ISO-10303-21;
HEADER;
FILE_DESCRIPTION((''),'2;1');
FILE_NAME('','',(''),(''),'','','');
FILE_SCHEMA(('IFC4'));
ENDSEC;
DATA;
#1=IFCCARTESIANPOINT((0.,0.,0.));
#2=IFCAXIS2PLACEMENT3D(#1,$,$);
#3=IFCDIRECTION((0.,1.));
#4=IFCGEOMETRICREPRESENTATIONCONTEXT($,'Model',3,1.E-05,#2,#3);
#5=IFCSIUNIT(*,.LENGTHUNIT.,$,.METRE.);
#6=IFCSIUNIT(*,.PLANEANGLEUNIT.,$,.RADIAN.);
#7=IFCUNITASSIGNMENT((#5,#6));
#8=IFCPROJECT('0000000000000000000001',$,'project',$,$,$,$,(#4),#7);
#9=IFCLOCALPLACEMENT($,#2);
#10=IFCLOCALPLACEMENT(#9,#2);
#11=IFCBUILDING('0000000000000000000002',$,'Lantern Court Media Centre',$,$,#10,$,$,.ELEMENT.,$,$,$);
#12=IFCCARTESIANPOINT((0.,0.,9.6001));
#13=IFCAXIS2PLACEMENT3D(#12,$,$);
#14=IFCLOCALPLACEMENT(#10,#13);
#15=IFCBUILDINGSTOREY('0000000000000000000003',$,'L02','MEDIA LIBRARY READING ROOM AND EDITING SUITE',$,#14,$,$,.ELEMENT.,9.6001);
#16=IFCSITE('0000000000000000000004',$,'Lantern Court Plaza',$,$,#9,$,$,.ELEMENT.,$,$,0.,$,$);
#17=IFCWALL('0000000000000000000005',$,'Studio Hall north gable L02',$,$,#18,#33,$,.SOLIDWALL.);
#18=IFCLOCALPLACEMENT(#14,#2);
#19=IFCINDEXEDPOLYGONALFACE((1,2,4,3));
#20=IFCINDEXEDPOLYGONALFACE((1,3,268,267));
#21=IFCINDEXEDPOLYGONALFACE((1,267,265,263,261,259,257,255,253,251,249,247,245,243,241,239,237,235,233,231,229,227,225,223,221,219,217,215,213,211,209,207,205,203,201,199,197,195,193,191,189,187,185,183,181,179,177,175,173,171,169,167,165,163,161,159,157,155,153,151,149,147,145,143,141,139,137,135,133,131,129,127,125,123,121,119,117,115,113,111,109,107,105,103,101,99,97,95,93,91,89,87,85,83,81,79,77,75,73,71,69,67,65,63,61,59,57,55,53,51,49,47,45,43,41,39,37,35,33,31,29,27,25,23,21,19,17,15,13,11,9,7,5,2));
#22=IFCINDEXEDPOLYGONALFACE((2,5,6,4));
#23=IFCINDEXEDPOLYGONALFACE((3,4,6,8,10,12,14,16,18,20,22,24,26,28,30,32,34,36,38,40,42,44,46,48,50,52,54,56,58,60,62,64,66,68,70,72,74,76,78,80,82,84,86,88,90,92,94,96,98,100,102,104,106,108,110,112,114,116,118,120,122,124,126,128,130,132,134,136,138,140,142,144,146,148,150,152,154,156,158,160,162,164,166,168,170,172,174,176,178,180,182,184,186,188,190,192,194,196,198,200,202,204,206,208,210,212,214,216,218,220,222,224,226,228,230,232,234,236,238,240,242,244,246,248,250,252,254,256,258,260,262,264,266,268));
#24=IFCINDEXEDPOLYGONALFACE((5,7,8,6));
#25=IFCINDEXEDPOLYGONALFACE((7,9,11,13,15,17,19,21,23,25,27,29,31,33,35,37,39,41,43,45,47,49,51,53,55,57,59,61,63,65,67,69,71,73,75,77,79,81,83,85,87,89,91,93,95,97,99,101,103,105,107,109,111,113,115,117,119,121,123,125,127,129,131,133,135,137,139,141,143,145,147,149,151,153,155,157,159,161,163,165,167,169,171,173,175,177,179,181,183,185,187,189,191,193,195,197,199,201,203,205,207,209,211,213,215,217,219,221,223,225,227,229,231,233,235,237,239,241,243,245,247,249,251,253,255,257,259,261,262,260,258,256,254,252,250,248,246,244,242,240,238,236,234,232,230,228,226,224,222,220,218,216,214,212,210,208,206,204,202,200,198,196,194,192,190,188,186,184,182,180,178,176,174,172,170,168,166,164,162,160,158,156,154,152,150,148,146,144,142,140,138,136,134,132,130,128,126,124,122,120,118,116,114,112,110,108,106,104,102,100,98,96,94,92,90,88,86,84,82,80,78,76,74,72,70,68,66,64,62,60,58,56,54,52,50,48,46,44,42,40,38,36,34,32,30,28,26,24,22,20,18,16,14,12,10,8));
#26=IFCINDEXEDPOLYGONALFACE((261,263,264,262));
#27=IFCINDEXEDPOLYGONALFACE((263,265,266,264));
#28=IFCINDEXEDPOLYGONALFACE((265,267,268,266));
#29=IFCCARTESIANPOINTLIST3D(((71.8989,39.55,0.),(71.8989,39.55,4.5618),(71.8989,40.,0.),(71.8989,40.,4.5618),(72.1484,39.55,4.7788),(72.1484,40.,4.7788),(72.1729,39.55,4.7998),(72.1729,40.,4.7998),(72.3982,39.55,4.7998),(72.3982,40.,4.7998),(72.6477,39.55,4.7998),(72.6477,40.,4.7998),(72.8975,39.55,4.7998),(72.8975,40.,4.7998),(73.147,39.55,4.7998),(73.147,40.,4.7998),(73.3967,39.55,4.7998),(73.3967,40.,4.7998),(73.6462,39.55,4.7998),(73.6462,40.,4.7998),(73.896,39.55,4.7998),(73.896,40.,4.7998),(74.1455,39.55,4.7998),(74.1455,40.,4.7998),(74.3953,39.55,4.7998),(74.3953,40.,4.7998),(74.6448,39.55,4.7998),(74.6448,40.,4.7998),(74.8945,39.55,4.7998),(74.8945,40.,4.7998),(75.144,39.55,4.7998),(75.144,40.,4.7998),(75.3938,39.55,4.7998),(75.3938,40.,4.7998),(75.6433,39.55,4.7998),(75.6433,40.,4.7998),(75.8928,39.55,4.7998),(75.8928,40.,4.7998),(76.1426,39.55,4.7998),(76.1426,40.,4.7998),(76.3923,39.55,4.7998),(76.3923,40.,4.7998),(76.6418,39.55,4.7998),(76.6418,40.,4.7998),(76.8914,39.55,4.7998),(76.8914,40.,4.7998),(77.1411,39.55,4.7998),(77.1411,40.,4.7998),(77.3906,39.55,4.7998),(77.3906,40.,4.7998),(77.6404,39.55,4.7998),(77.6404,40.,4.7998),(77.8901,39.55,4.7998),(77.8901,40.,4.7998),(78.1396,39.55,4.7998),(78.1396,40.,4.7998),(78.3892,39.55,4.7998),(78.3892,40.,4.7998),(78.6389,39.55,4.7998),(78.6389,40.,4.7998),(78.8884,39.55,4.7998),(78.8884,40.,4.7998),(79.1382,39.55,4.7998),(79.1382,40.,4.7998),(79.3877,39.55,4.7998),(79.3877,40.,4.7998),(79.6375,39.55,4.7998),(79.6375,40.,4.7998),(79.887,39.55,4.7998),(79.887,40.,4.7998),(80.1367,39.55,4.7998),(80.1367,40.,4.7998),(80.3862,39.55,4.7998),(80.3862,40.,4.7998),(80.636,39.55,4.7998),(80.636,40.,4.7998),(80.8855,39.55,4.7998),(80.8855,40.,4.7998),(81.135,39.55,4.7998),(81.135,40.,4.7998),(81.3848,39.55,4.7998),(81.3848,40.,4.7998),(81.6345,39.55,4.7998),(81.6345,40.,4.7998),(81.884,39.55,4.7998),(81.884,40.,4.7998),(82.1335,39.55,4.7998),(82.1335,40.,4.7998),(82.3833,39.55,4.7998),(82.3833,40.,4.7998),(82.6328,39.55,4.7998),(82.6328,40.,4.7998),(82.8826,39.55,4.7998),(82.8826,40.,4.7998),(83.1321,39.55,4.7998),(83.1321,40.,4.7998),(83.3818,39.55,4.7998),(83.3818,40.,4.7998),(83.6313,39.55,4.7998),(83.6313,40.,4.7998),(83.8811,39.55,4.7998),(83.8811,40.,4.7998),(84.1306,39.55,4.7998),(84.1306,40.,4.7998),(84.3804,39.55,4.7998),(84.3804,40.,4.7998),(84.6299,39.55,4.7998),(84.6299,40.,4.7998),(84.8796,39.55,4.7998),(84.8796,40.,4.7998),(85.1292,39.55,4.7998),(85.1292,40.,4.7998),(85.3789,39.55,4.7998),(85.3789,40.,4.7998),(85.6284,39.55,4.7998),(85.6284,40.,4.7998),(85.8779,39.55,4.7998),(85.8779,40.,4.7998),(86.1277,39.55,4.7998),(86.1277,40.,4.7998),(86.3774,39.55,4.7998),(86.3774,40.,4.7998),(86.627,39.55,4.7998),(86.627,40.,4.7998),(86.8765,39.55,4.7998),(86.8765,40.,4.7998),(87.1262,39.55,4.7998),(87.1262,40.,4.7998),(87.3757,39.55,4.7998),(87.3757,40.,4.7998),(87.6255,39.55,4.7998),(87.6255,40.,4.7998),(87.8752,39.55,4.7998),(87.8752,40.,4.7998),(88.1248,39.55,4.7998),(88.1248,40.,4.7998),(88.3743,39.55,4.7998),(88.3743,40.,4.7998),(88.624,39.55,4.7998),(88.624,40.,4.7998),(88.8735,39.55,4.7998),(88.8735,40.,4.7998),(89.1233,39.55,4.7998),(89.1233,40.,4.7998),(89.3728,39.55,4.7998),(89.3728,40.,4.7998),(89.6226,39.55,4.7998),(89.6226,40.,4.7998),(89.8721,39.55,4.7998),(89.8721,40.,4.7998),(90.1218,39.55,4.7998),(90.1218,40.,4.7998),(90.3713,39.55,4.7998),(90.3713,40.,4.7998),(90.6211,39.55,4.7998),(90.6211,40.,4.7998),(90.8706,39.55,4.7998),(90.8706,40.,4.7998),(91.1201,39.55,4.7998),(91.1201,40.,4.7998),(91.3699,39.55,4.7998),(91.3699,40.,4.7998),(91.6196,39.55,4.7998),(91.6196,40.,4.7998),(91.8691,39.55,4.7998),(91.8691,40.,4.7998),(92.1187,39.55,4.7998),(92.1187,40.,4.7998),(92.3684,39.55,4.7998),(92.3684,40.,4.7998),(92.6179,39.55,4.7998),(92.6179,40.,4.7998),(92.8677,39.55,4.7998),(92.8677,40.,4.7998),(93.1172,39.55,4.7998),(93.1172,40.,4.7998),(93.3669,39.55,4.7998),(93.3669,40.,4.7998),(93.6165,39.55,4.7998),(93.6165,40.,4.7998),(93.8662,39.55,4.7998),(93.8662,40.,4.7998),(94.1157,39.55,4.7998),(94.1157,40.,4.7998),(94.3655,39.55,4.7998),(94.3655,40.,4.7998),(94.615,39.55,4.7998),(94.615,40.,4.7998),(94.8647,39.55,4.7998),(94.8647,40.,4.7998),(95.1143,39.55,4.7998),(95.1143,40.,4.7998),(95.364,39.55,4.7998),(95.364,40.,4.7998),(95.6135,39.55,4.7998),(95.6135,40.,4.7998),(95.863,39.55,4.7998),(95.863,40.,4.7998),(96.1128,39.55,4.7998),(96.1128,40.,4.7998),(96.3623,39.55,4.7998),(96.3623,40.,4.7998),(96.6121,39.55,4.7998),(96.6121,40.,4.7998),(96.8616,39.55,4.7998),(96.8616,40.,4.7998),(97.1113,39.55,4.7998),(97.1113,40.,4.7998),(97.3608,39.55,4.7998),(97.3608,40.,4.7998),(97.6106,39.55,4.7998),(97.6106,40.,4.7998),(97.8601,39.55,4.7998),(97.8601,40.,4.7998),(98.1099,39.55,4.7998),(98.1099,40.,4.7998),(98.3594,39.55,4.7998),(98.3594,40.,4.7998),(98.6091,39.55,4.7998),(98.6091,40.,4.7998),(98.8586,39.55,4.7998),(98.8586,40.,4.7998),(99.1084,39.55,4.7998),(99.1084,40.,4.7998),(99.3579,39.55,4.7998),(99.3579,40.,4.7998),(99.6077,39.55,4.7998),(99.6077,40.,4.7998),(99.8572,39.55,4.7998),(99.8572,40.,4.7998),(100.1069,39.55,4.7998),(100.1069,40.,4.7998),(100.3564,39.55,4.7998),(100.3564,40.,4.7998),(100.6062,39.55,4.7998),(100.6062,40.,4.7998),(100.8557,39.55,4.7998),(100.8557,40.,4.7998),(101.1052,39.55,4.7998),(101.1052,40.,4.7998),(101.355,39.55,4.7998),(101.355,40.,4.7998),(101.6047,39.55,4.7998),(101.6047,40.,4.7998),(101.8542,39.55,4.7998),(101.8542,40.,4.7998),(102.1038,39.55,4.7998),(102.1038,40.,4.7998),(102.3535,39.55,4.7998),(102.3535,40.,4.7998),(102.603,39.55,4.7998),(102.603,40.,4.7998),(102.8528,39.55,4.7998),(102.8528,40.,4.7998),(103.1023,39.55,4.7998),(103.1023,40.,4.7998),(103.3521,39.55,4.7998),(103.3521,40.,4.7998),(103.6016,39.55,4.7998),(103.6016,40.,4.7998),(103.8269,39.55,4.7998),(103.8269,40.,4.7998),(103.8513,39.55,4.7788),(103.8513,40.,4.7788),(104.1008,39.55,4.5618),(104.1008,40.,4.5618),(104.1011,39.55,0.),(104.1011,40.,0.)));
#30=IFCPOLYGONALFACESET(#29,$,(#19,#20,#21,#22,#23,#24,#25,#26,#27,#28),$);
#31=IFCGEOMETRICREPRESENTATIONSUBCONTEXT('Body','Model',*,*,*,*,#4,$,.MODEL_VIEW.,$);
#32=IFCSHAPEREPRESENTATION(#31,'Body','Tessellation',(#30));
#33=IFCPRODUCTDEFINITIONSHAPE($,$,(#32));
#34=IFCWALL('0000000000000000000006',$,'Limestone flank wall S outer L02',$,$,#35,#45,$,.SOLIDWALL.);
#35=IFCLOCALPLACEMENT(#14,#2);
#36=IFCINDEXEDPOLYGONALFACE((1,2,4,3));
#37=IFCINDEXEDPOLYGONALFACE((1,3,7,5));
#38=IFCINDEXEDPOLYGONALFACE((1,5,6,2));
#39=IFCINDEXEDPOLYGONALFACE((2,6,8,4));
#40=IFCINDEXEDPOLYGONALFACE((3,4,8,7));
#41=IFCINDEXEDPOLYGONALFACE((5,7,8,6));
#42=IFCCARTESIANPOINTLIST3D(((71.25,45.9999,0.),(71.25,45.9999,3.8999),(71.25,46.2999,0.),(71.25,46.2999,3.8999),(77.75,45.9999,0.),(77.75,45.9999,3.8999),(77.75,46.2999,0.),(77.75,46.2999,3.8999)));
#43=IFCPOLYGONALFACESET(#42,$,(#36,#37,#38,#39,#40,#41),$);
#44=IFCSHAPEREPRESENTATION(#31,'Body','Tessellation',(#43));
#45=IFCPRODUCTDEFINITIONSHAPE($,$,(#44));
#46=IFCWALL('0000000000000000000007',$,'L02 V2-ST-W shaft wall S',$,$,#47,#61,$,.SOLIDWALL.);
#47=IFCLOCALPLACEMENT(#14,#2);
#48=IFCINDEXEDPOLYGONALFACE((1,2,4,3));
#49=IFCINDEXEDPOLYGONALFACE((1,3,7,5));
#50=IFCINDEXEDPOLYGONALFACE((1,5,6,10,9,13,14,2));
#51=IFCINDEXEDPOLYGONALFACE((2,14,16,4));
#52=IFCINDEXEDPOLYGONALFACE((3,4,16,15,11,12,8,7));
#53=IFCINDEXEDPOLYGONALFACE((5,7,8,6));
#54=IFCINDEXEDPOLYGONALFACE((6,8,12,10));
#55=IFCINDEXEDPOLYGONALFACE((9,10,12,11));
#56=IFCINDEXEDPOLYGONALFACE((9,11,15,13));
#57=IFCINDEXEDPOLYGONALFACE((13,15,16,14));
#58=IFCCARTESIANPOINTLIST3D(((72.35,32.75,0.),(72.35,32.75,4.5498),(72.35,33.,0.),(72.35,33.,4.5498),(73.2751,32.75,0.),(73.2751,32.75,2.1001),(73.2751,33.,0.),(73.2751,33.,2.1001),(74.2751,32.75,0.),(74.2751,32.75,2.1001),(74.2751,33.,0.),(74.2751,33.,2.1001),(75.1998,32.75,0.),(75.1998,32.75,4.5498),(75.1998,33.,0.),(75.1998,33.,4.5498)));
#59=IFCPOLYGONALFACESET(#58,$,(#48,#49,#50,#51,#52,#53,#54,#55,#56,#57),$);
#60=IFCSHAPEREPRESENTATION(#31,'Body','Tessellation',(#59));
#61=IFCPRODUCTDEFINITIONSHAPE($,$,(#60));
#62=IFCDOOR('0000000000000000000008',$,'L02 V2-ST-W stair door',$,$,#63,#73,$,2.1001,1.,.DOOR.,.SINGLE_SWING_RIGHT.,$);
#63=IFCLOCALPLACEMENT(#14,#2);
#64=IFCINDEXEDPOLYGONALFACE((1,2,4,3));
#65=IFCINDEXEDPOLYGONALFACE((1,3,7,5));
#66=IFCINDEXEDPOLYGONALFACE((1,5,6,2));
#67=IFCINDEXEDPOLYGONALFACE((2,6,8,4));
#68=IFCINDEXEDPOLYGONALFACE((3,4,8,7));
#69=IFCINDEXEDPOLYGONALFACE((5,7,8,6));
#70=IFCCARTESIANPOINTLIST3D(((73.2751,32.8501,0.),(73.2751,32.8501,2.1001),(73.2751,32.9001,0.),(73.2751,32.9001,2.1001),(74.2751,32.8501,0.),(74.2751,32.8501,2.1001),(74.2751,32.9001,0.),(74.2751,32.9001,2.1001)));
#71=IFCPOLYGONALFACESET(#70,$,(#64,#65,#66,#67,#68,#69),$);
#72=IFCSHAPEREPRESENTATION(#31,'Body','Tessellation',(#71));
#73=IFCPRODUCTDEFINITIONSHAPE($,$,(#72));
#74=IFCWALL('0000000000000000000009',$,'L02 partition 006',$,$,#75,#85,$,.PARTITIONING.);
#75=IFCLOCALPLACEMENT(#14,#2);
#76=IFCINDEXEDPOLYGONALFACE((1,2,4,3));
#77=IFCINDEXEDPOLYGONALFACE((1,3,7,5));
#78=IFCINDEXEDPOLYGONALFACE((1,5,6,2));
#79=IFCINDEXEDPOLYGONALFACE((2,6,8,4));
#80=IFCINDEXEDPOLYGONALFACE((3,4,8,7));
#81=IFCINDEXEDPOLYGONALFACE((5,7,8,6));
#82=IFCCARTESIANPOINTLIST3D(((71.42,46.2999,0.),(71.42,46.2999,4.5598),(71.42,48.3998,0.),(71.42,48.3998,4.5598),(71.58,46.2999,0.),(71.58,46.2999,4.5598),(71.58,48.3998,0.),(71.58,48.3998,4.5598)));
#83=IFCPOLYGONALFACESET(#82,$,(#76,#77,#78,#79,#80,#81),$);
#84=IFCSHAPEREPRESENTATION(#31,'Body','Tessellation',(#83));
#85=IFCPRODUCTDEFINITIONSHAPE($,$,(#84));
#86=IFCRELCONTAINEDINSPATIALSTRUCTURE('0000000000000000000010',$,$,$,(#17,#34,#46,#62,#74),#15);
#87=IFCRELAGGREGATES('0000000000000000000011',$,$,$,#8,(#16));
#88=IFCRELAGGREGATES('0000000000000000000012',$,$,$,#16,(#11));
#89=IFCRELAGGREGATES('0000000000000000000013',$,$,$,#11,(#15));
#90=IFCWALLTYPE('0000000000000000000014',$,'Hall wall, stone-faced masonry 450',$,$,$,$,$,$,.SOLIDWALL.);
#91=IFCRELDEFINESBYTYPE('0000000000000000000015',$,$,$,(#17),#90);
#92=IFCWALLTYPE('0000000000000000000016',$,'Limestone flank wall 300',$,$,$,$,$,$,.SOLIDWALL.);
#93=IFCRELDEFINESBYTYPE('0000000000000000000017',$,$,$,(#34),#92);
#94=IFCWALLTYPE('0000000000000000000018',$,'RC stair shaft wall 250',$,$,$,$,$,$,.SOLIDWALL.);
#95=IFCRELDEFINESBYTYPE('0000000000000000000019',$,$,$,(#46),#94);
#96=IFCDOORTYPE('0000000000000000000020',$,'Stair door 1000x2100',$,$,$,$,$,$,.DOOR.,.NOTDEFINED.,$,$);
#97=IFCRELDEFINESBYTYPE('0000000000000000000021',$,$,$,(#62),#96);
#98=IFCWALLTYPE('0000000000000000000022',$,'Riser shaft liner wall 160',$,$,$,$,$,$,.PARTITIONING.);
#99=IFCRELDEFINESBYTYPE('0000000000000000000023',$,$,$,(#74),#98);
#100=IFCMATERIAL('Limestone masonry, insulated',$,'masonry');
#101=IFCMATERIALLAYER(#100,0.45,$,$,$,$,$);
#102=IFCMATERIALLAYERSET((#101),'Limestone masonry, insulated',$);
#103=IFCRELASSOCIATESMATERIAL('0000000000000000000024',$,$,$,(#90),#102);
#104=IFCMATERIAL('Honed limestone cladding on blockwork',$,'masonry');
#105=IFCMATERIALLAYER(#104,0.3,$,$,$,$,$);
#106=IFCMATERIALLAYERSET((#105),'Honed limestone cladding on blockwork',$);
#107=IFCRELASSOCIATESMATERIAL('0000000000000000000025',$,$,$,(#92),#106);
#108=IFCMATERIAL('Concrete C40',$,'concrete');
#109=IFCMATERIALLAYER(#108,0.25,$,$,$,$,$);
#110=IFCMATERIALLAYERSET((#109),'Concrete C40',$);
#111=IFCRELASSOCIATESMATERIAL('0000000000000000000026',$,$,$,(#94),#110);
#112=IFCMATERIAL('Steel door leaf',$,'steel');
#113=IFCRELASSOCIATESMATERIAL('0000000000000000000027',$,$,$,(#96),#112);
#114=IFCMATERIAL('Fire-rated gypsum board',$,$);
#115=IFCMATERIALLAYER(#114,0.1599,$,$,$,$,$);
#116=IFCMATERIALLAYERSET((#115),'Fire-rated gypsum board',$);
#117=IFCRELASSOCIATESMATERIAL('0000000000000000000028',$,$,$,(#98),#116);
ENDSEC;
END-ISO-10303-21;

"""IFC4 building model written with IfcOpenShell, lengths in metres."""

from ifc_helpers import new_model, si_unit, direction, frame, frame_2d, origin, place, context, subcontext, project, spatial, polyline, rectangle, outline, extrude, material, layer, layer_set, type_object, element, fill, save


model = new_model("IFC4")

# Units and contexts
model_context = context("Model", 3, precision=1e-05, world=origin(), true_north=direction((0.0, 1.0)))
body_context = subcontext(model_context, "Body", "Model", "MODEL_VIEW")
ifc_project = project(units=[si_unit("LENGTHUNIT", "METRE"), si_unit("PLANEANGLEUNIT", "RADIAN")], contexts=[model_context])

# Site, building, storey
site_placement = place(None, origin())
site = spatial("IfcSite", under=ifc_project, at=site_placement, Name="Lantern Court Plaza", CompositionType="ELEMENT", RefElevation=0.0)
building_placement = place(site_placement, origin())
building = spatial("IfcBuilding", under=site, at=building_placement, Name="Lantern Court Media Centre", CompositionType="ELEMENT")
storey_placement = place(building_placement, frame((0.0, 0.0, 9.6001)))
storey = spatial("IfcBuildingStorey", under=building, at=storey_placement, Name="L02", Description="MEDIA LIBRARY READING ROOM AND EDITING SUITE", CompositionType="ELEMENT", Elevation=9.6001)

# Walls
ifc_material_1 = material(Name="Limestone masonry, insulated", Category="masonry")
ifc_layer_1 = layer(ifc_material_1, 0.45)
ifc_layer_set_1 = layer_set([ifc_layer_1], Name="Limestone masonry, insulated")
wall_type_1 = type_object("IfcWallType", Name="Hall wall, stone-faced masonry 450", PredefinedType="SOLIDWALL", material=ifc_layer_set_1)
wall_1_placement = place(storey_placement, frame((71.8989, 39.7749, 0.0), z_axis=(0.0, 0.0, 1.0), x_axis=(1.0, 0.0, 0.0)))
element("IfcWall", 1, at=wall_1_placement, inside=storey, type_object=wall_type_1, Name="Studio Hall north gable L02", PredefinedType="SOLIDWALL", context=body_context, shape_type="SweptSolid", body=[
    extrude(outline(polyline([(0.0, 0.0), (32.2021, 0.0), (32.2019, 4.5618), (31.9524, 4.7788), (31.928, 4.7998), (31.7026, 4.7998), (31.4531, 4.7998), (31.2034, 4.7998), (30.9539, 4.7998), (30.7041, 4.7998), (30.4546, 4.7998), (30.2048, 4.7998), (29.9553, 4.7998), (29.7058, 4.7998), (29.4561, 4.7998), (29.2063, 4.7998), (28.9568, 4.7998), (28.7073, 4.7998), (28.4575, 4.7998), (28.208, 4.7998), (27.9583, 4.7998), (27.7087, 4.7998), (27.459, 4.7998), (27.2095, 4.7998), (26.9597, 4.7998), (26.7102, 4.7998), (26.4604, 4.7998), (26.2109, 4.7998), (25.9612, 4.7998), (25.7117, 4.7998), (25.4619, 4.7998), (25.2124, 4.7998), (24.9626, 4.7998), (24.7131, 4.7998), (24.4634, 4.7998), (24.2139, 4.7998), (23.9641, 4.7998), (23.7146, 4.7998), (23.4651, 4.7998), (23.2153, 4.7998), (22.9658, 4.7998), (22.7161, 4.7998), (22.4666, 4.7998), (22.2168, 4.7998), (21.9673, 4.7998), (21.7175, 4.7998), (21.468, 4.7998), (21.2183, 4.7998), (20.9688, 4.7998), (20.719, 4.7998), (20.4695, 4.7998), (20.2197, 4.7998), (19.9702, 4.7998), (19.7207, 4.7998), (19.4709, 4.7998), (19.2212, 4.7998), (18.9717, 4.7998), (18.7222, 4.7998), (18.4724, 4.7998), (18.2229, 4.7998), (17.9731, 4.7998), (17.7236, 4.7998), (17.4739, 4.7998), (17.2244, 4.7998), (16.9746, 4.7998), (16.7251, 4.7998), (16.4753, 4.7998), (16.2258, 4.7998), (15.9763, 4.7998), (15.7266, 4.7998), (15.4768, 4.7998), (15.2273, 4.7998), (14.9775, 4.7998), (14.728, 4.7998), (14.4785, 4.7998), (14.2288, 4.7998), (13.979, 4.7998), (13.7295, 4.7998), (13.48, 4.7998), (13.2302, 4.7998), (12.9807, 4.7998), (12.731, 4.7998), (12.4814, 4.7998), (12.2317, 4.7998), (11.9822, 4.7998), (11.7324, 4.7998), (11.4829, 4.7998), (11.2332, 4.7998), (10.9836, 4.7998), (10.7339, 4.7998), (10.4844, 4.7998), (10.2346, 4.7998), (9.9851, 4.7998), (9.7356, 4.7998), (9.4858, 4.7998), (9.2361, 4.7998), (8.9866, 4.7998), (8.7371, 4.7998), (8.4873, 4.7998), (8.2378, 4.7998), (7.988, 4.7998), (7.7385, 4.7998), (7.4888, 4.7998), (7.2393, 4.7998), (6.9895, 4.7998), (6.74, 4.7998), (6.4902, 4.7998), (6.2407, 4.7998), (5.9912, 4.7998), (5.7415, 4.7998), (5.4917, 4.7998), (5.2422, 4.7998), (4.9924, 4.7998), (4.7429, 4.7998), (4.4934, 4.7998), (4.2437, 4.7998), (3.9939, 4.7998), (3.7444, 4.7998), (3.4949, 4.7998), (3.2451, 4.7998), (2.9956, 4.7998), (2.7458, 4.7998), (2.4963, 4.7998), (2.2466, 4.7998), (1.9971, 4.7998), (1.7473, 4.7998), (1.4978, 4.7998), (1.248, 4.7998), (0.9985, 4.7998), (0.7488, 4.7998), (0.4993, 4.7998), (0.2739, 4.7998), (0.2495, 4.7788), (0.0, 4.5618), (0.0, 0.0)])), frame((0.0, 0.2251, 0.0), z_axis=(0.0, -1.0, 0.0), x_axis=(1.0, 0.0, 0.0)), (0.0, 0.0, 1.0), 0.45),
])
ifc_material_2 = material(Name="Honed limestone cladding on blockwork", Category="masonry")
ifc_layer_2 = layer(ifc_material_2, 0.3)
ifc_layer_set_2 = layer_set([ifc_layer_2], Name="Honed limestone cladding on blockwork")
wall_type_2 = type_object("IfcWallType", Name="Limestone flank wall 300", PredefinedType="SOLIDWALL", material=ifc_layer_set_2)
wall_2_placement = place(storey_placement, frame((71.25, 46.1499, 0.0), z_axis=(0.0, 0.0, 1.0), x_axis=(1.0, 0.0, 0.0)))
element("IfcWall", 2, at=wall_2_placement, inside=storey, type_object=wall_type_2, Name="Limestone flank wall S outer L02", PredefinedType="SOLIDWALL", context=body_context, shape_type="SweptSolid", body=[
    extrude(rectangle(XDim=6.5, YDim=0.3, at=frame_2d((3.25, 0.0))), origin(), (0.0, 0.0, 1.0), 3.8999),
])

# Wall, opening, door
ifc_material_3 = material(Name="Concrete C40", Category="concrete")
ifc_layer_3 = layer(ifc_material_3, 0.25)
ifc_layer_set_3 = layer_set([ifc_layer_3], Name="Concrete C40")
wall_type_3 = type_object("IfcWallType", Name="RC stair shaft wall 250", PredefinedType="SOLIDWALL", material=ifc_layer_set_3)
wall_3_placement = place(storey_placement, frame((72.3501, 32.875, 0.0), z_axis=(0.0, 0.0, 1.0), x_axis=(1.0, 0.0, 0.0)))
wall_3 = element("IfcWall", 3, at=wall_3_placement, inside=storey, type_object=wall_type_3, Name="L02 V2-ST-W shaft wall S", PredefinedType="SOLIDWALL", context=body_context, shape_type="SweptSolid", body=[
    extrude(rectangle(XDim=2.8499, YDim=0.25, at=frame_2d((1.4248, 0.0))), origin(), (0.0, 0.0, 1.0), 4.5498),
])
opening_placement = place(wall_3_placement, frame((0.925, 0.0, 0.0)))
opening = element("IfcOpeningElement", 4, at=opening_placement, cuts=wall_3, PredefinedType="OPENING", context=body_context, shape_type="SweptSolid", body=[
    extrude(rectangle(XDim=1.0, YDim=2.1001, at=frame_2d((0.5, 1.05))), frame((0.0, 0.135, 0.0), z_axis=(0.0, -1.0, 0.0), x_axis=(1.0, 0.0, 0.0)), (0.0, 0.0, 1.0), 0.27),
])
ifc_material_4 = material(Name="Steel door leaf", Category="steel")
door_type = type_object("IfcDoorType", Name="Stair door 1000x2100", OperationType="NOTDEFINED", PredefinedType="DOOR", material=ifc_material_4)
door_placement = place(opening_placement, frame((1.0, 0.0, 0.0), z_axis=(0.0, 0.0, 1.0), x_axis=(-1.0, 0.0, 0.0)))
door = element("IfcDoor", 5, at=door_placement, inside=storey, type_object=door_type, Name="L02 V2-ST-W stair door", OperationType="SINGLE_SWING_RIGHT", OverallHeight=2.1001, OverallWidth=1.0, PredefinedType="DOOR", context=body_context, shape_type="SweptSolid", body=[
    extrude(rectangle(XDim=1.0, YDim=2.1001, at=frame_2d((0.5, 1.05))), frame((0.0, 0.0249, 0.0), z_axis=(0.0, -1.0, 0.0), x_axis=(1.0, 0.0, 0.0)), (0.0, 0.0, 1.0), 0.05),
])
fill(opening, door)

# Wall
ifc_material_5 = material(Name="Fire-rated gypsum board")
ifc_layer_4 = layer(ifc_material_5, 0.1599)
ifc_layer_set_4 = layer_set([ifc_layer_4], Name="Fire-rated gypsum board")
wall_type_4 = type_object("IfcWallType", Name="Riser shaft liner wall 160", PredefinedType="PARTITIONING", material=ifc_layer_set_4)
wall_4_placement = place(storey_placement, frame((71.5, 46.3, 0.0), z_axis=(0.0, 0.0, 1.0), x_axis=(0.0, 1.0, 0.0)))
element("IfcWall", 6, at=wall_4_placement, inside=storey, type_object=wall_type_4, Name="L02 partition 006", PredefinedType="PARTITIONING", context=body_context, shape_type="SweptSolid", body=[
    extrude(rectangle(XDim=2.0999, YDim=0.1599, at=frame_2d((1.0498, 0.0))), origin(), (0.0, 0.0, 1.0), 4.5598),
])

save(model, "model.ifc")
